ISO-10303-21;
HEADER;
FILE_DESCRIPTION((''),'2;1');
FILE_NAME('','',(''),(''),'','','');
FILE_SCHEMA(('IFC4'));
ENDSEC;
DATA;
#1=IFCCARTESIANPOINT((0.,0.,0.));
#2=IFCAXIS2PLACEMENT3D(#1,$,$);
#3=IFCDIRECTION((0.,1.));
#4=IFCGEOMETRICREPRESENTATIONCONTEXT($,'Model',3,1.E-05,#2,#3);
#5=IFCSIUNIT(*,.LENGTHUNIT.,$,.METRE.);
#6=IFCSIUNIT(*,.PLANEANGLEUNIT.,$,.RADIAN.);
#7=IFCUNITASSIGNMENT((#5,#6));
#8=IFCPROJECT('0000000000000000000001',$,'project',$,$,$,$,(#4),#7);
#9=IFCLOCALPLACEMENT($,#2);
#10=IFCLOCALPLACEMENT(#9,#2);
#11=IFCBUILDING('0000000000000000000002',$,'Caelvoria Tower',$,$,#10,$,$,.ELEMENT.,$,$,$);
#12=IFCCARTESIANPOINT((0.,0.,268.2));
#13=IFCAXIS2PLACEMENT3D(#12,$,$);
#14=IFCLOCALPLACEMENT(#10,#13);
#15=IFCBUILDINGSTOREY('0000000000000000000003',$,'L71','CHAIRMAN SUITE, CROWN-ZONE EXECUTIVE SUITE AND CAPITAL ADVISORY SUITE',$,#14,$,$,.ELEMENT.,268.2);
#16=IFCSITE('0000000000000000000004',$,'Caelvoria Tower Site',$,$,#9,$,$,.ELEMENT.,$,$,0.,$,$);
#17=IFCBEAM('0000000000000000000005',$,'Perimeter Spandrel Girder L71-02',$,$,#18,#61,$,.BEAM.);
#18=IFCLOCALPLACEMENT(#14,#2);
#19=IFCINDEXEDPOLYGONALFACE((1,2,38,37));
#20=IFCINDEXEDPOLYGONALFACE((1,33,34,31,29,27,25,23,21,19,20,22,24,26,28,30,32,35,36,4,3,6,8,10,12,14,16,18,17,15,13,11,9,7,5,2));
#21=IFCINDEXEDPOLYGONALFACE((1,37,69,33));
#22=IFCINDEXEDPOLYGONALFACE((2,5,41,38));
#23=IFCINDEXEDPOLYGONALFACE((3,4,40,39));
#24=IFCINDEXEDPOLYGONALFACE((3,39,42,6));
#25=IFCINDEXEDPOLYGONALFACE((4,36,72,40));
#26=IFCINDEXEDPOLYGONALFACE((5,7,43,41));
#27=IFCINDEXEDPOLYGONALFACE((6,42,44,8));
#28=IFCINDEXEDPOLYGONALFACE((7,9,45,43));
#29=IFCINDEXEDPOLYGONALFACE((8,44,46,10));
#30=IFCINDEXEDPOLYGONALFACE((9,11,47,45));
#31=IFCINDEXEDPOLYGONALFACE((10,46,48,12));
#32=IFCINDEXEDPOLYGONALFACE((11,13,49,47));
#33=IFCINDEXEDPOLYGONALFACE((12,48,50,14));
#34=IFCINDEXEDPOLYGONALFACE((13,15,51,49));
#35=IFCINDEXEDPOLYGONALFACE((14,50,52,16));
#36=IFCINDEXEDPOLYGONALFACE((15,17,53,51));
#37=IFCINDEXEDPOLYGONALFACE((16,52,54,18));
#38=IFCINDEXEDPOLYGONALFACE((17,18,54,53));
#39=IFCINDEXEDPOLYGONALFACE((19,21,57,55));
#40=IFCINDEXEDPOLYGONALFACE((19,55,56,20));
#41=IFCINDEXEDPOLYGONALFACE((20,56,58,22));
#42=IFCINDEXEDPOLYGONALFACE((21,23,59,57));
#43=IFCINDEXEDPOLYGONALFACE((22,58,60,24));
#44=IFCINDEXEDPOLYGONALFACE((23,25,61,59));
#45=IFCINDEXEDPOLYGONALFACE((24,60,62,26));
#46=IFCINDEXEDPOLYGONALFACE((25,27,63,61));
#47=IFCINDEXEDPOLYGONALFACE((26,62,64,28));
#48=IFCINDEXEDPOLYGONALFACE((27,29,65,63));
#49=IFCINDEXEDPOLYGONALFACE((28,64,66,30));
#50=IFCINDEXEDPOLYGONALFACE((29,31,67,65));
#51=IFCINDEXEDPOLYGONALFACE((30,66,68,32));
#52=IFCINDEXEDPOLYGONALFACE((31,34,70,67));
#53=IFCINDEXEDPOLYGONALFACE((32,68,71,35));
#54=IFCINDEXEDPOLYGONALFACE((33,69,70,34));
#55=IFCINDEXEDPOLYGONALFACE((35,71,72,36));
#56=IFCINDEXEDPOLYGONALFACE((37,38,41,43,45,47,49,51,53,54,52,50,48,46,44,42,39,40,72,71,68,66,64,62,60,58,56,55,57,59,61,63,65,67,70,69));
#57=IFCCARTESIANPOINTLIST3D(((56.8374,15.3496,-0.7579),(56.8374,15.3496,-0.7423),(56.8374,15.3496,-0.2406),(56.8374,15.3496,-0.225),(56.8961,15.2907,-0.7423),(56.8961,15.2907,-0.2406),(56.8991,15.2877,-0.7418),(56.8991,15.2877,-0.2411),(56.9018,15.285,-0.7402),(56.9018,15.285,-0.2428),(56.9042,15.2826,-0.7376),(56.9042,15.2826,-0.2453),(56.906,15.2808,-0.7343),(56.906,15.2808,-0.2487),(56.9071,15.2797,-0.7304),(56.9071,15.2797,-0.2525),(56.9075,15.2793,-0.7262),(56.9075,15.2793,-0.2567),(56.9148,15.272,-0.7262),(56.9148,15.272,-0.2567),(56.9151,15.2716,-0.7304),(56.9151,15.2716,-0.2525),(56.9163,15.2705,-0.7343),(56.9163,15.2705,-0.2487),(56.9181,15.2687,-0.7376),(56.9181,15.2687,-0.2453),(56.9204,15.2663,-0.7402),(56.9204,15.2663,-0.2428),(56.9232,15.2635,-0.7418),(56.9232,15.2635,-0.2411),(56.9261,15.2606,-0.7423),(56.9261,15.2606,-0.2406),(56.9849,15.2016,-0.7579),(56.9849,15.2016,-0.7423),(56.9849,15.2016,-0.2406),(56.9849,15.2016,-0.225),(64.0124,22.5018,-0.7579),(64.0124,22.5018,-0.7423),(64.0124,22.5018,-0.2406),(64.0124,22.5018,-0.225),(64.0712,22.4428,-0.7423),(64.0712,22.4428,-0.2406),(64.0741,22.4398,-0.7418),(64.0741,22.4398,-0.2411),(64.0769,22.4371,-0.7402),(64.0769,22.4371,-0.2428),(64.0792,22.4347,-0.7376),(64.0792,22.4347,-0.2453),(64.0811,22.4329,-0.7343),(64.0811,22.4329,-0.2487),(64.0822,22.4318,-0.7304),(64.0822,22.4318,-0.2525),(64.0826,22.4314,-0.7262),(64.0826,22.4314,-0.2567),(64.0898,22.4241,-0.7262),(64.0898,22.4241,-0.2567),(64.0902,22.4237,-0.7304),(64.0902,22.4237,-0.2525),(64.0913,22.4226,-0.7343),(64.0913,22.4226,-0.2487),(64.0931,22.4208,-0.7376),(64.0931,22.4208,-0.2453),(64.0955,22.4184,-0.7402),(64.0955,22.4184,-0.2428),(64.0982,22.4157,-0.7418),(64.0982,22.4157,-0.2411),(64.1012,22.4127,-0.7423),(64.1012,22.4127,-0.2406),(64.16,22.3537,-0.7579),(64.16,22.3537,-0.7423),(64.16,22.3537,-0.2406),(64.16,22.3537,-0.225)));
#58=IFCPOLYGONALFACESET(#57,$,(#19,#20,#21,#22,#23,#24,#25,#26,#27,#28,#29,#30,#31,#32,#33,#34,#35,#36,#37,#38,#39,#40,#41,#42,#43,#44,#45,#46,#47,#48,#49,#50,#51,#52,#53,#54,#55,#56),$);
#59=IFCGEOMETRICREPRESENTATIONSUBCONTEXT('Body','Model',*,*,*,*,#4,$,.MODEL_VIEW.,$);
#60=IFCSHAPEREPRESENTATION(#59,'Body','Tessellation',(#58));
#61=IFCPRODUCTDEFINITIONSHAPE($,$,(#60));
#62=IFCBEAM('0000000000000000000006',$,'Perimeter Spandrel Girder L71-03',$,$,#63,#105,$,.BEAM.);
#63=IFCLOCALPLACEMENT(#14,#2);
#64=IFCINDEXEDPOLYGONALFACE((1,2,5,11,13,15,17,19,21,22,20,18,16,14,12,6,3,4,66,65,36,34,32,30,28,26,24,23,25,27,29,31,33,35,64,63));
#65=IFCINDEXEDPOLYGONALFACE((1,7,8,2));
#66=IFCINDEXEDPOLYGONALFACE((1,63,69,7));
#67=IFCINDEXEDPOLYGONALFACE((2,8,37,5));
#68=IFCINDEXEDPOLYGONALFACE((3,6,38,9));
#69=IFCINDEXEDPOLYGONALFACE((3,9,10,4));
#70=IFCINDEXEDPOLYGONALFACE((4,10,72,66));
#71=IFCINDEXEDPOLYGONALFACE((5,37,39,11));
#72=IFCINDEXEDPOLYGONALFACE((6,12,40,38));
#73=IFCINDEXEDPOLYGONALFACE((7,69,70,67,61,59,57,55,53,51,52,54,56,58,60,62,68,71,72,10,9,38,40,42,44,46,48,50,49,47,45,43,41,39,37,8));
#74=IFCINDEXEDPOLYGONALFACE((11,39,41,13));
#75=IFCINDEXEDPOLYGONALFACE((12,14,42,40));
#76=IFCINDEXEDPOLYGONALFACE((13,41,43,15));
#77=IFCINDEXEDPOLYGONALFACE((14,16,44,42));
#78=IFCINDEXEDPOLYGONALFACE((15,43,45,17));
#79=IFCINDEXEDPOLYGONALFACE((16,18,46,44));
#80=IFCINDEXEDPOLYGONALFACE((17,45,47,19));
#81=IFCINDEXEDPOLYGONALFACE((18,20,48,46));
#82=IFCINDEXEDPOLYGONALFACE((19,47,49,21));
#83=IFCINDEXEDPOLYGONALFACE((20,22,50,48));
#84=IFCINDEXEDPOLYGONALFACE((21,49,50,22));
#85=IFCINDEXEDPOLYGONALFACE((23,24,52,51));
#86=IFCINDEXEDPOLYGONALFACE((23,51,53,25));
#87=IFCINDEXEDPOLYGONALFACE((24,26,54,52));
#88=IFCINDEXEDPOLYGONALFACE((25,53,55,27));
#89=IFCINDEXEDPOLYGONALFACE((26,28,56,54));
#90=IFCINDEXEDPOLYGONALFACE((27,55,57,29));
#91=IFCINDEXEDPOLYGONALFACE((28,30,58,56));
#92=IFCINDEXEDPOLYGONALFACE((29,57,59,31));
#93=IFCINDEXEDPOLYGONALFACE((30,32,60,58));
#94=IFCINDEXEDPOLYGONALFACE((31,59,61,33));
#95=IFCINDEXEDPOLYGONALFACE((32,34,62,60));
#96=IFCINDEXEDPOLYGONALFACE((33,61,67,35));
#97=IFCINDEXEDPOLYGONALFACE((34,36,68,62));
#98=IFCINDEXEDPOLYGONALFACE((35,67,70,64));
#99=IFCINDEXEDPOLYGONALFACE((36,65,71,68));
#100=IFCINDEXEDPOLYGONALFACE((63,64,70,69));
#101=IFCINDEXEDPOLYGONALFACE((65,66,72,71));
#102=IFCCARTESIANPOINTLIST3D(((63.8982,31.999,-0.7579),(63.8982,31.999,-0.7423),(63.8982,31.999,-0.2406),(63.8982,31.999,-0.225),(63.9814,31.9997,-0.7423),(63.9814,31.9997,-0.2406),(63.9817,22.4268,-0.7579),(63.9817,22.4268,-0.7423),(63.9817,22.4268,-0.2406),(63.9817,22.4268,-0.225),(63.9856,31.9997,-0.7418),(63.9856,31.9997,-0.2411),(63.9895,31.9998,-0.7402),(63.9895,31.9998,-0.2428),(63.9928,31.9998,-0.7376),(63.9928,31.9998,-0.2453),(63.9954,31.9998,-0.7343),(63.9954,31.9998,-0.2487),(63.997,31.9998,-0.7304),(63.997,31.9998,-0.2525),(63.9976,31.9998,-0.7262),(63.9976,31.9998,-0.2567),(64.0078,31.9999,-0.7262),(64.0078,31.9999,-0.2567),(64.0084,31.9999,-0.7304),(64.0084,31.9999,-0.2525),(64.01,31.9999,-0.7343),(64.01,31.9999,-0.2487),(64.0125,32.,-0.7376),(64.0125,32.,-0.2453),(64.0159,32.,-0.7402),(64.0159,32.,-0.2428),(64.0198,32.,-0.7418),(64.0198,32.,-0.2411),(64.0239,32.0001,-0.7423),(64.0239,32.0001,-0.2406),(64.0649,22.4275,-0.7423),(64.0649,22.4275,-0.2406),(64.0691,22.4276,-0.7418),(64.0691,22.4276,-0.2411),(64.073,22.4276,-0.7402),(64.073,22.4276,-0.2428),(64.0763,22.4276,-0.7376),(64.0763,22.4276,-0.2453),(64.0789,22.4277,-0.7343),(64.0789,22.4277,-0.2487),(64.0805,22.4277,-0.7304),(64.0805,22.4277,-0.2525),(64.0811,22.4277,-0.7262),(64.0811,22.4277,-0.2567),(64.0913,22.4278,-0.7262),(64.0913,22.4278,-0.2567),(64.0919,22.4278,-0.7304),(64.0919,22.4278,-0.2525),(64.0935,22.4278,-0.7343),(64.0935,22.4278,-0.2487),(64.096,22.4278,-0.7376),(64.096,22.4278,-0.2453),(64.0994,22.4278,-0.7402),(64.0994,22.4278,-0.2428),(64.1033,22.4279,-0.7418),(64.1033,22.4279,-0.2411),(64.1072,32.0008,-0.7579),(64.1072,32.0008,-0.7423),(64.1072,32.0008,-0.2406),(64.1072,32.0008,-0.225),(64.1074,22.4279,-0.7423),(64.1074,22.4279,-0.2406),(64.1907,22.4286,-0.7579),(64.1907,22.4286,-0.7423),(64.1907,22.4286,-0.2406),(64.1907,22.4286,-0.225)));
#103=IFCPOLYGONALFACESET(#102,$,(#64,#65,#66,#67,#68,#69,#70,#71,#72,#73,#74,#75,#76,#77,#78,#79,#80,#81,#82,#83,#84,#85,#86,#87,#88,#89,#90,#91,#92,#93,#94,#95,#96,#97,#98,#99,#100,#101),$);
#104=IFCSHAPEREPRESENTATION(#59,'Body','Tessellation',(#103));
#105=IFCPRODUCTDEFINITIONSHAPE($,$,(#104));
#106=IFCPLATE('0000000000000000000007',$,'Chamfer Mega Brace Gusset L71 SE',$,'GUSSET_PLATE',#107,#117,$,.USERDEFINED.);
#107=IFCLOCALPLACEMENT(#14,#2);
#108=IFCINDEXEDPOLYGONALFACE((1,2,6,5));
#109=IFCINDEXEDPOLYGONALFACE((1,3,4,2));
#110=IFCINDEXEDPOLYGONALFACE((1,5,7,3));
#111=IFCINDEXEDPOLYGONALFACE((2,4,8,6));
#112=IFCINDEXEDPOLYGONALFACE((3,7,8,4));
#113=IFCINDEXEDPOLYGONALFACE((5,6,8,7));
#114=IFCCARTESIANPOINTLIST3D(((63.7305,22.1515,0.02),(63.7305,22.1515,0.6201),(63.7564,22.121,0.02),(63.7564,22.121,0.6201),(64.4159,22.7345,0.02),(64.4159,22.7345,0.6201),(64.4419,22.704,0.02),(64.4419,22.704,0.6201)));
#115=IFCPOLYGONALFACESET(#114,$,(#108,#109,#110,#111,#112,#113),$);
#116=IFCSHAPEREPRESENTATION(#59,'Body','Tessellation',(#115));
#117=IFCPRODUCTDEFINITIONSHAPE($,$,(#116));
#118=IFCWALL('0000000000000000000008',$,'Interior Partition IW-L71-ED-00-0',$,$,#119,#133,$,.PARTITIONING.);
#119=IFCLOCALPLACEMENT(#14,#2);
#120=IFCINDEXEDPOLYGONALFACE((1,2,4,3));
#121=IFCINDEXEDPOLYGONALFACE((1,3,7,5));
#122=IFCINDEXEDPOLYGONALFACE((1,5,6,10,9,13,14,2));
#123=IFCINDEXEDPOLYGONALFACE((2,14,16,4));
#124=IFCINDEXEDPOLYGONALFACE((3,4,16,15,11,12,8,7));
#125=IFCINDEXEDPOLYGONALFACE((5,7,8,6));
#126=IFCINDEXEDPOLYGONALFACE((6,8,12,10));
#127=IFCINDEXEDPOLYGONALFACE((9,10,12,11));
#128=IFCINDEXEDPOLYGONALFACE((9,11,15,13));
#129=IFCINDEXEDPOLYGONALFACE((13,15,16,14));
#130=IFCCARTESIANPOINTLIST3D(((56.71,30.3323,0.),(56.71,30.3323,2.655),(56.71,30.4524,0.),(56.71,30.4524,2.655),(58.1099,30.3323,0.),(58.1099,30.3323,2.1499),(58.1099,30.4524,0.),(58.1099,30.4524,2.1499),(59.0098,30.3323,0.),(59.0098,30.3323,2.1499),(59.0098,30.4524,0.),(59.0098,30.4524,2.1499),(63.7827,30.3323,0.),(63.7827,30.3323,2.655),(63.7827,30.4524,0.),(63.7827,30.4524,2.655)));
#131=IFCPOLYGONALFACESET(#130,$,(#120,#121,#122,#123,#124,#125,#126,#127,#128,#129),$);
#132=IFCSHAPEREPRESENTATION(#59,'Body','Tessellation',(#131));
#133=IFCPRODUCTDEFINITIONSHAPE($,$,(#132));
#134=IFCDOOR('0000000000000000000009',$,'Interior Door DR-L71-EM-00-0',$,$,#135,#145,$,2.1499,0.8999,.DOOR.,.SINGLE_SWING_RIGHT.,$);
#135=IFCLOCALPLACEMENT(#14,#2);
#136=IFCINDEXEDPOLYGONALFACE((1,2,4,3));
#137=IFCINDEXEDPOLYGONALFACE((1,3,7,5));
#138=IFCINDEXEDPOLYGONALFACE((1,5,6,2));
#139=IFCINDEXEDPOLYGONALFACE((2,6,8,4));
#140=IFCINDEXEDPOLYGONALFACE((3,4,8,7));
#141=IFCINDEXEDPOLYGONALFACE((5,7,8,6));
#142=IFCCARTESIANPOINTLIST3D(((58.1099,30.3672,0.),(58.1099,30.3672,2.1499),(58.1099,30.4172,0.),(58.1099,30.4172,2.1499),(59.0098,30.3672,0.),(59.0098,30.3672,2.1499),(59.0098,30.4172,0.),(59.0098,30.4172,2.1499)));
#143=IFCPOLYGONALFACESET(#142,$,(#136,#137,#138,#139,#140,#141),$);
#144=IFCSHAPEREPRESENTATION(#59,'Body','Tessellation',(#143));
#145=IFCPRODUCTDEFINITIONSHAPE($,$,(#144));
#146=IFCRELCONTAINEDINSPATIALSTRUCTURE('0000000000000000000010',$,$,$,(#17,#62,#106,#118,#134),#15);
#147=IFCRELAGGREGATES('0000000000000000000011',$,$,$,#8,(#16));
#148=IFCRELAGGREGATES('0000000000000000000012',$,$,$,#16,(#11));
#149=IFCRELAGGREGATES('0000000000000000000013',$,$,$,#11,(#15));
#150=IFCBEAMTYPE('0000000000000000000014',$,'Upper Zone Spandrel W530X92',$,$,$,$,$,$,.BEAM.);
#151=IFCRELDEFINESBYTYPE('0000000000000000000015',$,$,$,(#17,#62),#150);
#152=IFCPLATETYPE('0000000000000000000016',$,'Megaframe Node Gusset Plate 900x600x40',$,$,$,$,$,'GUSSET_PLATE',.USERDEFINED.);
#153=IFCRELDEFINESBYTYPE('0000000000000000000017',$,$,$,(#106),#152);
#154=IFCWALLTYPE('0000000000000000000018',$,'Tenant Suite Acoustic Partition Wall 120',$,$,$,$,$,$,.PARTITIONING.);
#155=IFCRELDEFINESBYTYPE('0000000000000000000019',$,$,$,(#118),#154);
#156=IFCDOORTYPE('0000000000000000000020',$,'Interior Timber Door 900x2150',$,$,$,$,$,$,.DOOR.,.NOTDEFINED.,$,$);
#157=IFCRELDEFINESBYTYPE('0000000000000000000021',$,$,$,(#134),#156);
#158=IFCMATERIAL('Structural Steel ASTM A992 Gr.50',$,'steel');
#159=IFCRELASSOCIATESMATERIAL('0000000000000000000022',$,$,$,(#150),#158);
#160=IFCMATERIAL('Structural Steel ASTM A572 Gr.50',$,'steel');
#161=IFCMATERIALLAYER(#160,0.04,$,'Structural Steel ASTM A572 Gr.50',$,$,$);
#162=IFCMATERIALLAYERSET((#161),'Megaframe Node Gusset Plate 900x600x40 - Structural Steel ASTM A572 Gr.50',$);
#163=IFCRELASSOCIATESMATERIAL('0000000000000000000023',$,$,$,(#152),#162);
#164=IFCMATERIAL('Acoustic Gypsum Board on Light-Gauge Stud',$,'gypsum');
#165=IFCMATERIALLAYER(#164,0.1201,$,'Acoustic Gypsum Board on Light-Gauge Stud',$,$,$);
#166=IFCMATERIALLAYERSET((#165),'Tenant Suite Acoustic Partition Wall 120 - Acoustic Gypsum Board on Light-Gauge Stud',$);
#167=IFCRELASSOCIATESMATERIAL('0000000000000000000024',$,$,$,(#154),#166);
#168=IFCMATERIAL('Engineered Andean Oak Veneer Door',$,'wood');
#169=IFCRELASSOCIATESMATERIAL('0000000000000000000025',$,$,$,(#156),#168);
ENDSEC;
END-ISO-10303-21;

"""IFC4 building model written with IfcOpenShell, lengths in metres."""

from ifc_helpers import new_model, si_unit, direction, frame, frame_2d, origin, origin_2d, place, context, subcontext, project, spatial, rectangle, i_section, extrude, material, layer, layer_set, material_profile, profile_set, type_object, element, fill, save


model = new_model("IFC4")

# Units and contexts
model_context = context("Model", 3, precision=1e-05, world=origin(), true_north=direction((0.0, 1.0)))
body_context = subcontext(model_context, "Body", "Model", "MODEL_VIEW")
ifc_project = project(units=[si_unit("LENGTHUNIT", "METRE"), si_unit("PLANEANGLEUNIT", "RADIAN")], contexts=[model_context])

# Site, building, storey
site_placement = place(None, origin())
site = spatial("IfcSite", under=ifc_project, at=site_placement, Name="Caelvoria Tower Site", CompositionType="ELEMENT", RefElevation=0.0)
building_placement = place(site_placement, origin())
building = spatial("IfcBuilding", under=site, at=building_placement, Name="Caelvoria Tower", CompositionType="ELEMENT")
storey_placement = place(building_placement, frame((0.0, 0.0, 268.2)))
storey = spatial("IfcBuildingStorey", under=building, at=storey_placement, Name="L71", Description="CHAIRMAN SUITE, CROWN-ZONE EXECUTIVE SUITE AND CAPITAL ADVISORY SUITE", CompositionType="ELEMENT", Elevation=268.2)

# Shared definitions
ifc_material_1 = material(Name="Structural Steel ASTM A572 Gr.50", Category="steel")
ifc_material_2 = material(Name="Structural Steel ASTM A992 Gr.50", Category="steel")

# Beams
ifc_material_profile_1 = material_profile(ifc_material_2, i_section(OverallWidth=0.209, OverallDepth=0.533, WebThickness=0.0103, FlangeThickness=0.0156, FilletRadius=0.0161, at=origin_2d()), Name="Structural Steel ASTM A992 Gr.50")
ifc_profile_set_1 = profile_set([ifc_material_profile_1], Name="W530X92 - Structural Steel ASTM A992 Gr.50")
beam_type_1 = type_object("IfcBeamType", Name="Upper Zone Spandrel W530X92", PredefinedType="BEAM", material=ifc_profile_set_1)
beam_1_placement = place(storey_placement, frame((56.9111, 15.2756, -0.4915), z_axis=(0.708239, 0.705973, 0.0), x_axis=(-0.705973, 0.708239, 0.0)))
element("IfcBeam", 1, at=beam_1_placement, inside=storey, type_object=beam_type_1, Name="Perimeter Spandrel Girder L71-02", PredefinedType="BEAM", context=body_context, shape_type="SweptSolid", body=[
    extrude(i_section(OverallWidth=0.209, OverallDepth=0.533, WebThickness=0.0103, FlangeThickness=0.0156, FilletRadius=0.0161, at=origin_2d()), origin(), (0.0, 0.0, 1.0), 10.1309),
])
beam_2_placement = place(storey_placement, frame((64.0862, 22.4277, -0.4915), z_axis=(-0.008722, 0.999962, 0.0), x_axis=(-0.999962, -0.008722, 0.0)))
element("IfcBeam", 2, at=beam_2_placement, inside=storey, type_object=beam_type_1, Name="Perimeter Spandrel Girder L71-03", PredefinedType="BEAM", context=body_context, shape_type="SweptSolid", body=[
    extrude(i_section(OverallWidth=0.209, OverallDepth=0.533, WebThickness=0.0103, FlangeThickness=0.0156, FilletRadius=0.0161, at=origin_2d()), origin(), (0.0, 0.0, 1.0), 9.5725),
])

# Plate
ifc_layer_1 = layer(ifc_material_1, 0.04, Name="Structural Steel ASTM A572 Gr.50")
ifc_layer_set_1 = layer_set([ifc_layer_1], Name="Megaframe Node Gusset Plate 900x600x40 - Structural Steel ASTM A572 Gr.50")
plate_type = type_object("IfcPlateType", Name="Megaframe Node Gusset Plate 900x600x40", ElementType="GUSSET_PLATE", PredefinedType="USERDEFINED", material=ifc_layer_set_1)
plate_placement = place(storey_placement, frame((64.0862, 22.4277, 0.02), z_axis=(0.0, 0.0, 1.0), x_axis=(-0.761715, -0.647913, 0.0)))
element("IfcPlate", 3, at=plate_placement, inside=storey, type_object=plate_type, Name="Chamfer Mega Brace Gusset L71 SE", ObjectType="GUSSET_PLATE", PredefinedType="USERDEFINED", context=body_context, shape_type="SweptSolid", body=[
    extrude(rectangle(XDim=0.8999, YDim=0.04, at=origin_2d()), origin(), (0.0, 0.0, 1.0), 0.6001),
])

# Wall, opening, door
ifc_material_3 = material(Name="Acoustic Gypsum Board on Light-Gauge Stud", Category="gypsum")
ifc_layer_2 = layer(ifc_material_3, 0.1201, Name="Acoustic Gypsum Board on Light-Gauge Stud")
ifc_layer_set_2 = layer_set([ifc_layer_2], Name="Tenant Suite Acoustic Partition Wall 120 - Acoustic Gypsum Board on Light-Gauge Stud")
wall_type_1 = type_object("IfcWallType", Name="Tenant Suite Acoustic Partition Wall 120", PredefinedType="PARTITIONING", material=ifc_layer_set_2)
wall_1_placement = place(storey_placement, frame((56.71, 30.3923, 0.0), z_axis=(0.0, 0.0, 1.0), x_axis=(1.0, 0.0, 0.0)))
wall_1 = element("IfcWall", 4, at=wall_1_placement, inside=storey, type_object=wall_type_1, Name="Interior Partition IW-L71-ED-00-0", PredefinedType="PARTITIONING", context=body_context, shape_type="SweptSolid", body=[
    extrude(rectangle(XDim=7.0728, YDim=0.1201, at=frame_2d((3.5364, 0.0))), origin(), (0.0, 0.0, 1.0), 2.655),
])
opening_1_placement = place(wall_1_placement, frame((1.3999, 0.0, 0.0)))
opening_1 = element("IfcOpeningElement", 5, at=opening_1_placement, cuts=wall_1, PredefinedType="OPENING", context=body_context, shape_type="SweptSolid", body=[
    extrude(rectangle(XDim=0.8999, YDim=2.1499, at=frame_2d((0.45, 1.075))), frame((0.0, 0.0701, 0.0), z_axis=(0.0, -1.0, 0.0), x_axis=(1.0, 0.0, 0.0)), (0.0, 0.0, 1.0), 0.1401),
])
ifc_material_4 = material(Name="Engineered Andean Oak Veneer Door", Category="wood")
door_type_1 = type_object("IfcDoorType", Name="Interior Timber Door 900x2150", OperationType="NOTDEFINED", PredefinedType="DOOR", material=ifc_material_4)
door_1_placement = place(opening_1_placement, origin())
door_1 = element("IfcDoor", 6, at=door_1_placement, inside=storey, type_object=door_type_1, Name="Interior Door DR-L71-EM-00-0", OperationType="SINGLE_SWING_RIGHT", OverallHeight=2.1499, OverallWidth=0.8999, PredefinedType="DOOR", context=body_context, shape_type="SweptSolid", body=[
    extrude(rectangle(XDim=0.8999, YDim=2.1499, at=frame_2d((0.45, 1.075))), frame((0.0, 0.0249, 0.0), z_axis=(0.0, -1.0, 0.0), x_axis=(1.0, 0.0, 0.0)), (0.0, 0.0, 1.0), 0.05),
])
fill(opening_1, door_1)

save(model, "model.ifc")
